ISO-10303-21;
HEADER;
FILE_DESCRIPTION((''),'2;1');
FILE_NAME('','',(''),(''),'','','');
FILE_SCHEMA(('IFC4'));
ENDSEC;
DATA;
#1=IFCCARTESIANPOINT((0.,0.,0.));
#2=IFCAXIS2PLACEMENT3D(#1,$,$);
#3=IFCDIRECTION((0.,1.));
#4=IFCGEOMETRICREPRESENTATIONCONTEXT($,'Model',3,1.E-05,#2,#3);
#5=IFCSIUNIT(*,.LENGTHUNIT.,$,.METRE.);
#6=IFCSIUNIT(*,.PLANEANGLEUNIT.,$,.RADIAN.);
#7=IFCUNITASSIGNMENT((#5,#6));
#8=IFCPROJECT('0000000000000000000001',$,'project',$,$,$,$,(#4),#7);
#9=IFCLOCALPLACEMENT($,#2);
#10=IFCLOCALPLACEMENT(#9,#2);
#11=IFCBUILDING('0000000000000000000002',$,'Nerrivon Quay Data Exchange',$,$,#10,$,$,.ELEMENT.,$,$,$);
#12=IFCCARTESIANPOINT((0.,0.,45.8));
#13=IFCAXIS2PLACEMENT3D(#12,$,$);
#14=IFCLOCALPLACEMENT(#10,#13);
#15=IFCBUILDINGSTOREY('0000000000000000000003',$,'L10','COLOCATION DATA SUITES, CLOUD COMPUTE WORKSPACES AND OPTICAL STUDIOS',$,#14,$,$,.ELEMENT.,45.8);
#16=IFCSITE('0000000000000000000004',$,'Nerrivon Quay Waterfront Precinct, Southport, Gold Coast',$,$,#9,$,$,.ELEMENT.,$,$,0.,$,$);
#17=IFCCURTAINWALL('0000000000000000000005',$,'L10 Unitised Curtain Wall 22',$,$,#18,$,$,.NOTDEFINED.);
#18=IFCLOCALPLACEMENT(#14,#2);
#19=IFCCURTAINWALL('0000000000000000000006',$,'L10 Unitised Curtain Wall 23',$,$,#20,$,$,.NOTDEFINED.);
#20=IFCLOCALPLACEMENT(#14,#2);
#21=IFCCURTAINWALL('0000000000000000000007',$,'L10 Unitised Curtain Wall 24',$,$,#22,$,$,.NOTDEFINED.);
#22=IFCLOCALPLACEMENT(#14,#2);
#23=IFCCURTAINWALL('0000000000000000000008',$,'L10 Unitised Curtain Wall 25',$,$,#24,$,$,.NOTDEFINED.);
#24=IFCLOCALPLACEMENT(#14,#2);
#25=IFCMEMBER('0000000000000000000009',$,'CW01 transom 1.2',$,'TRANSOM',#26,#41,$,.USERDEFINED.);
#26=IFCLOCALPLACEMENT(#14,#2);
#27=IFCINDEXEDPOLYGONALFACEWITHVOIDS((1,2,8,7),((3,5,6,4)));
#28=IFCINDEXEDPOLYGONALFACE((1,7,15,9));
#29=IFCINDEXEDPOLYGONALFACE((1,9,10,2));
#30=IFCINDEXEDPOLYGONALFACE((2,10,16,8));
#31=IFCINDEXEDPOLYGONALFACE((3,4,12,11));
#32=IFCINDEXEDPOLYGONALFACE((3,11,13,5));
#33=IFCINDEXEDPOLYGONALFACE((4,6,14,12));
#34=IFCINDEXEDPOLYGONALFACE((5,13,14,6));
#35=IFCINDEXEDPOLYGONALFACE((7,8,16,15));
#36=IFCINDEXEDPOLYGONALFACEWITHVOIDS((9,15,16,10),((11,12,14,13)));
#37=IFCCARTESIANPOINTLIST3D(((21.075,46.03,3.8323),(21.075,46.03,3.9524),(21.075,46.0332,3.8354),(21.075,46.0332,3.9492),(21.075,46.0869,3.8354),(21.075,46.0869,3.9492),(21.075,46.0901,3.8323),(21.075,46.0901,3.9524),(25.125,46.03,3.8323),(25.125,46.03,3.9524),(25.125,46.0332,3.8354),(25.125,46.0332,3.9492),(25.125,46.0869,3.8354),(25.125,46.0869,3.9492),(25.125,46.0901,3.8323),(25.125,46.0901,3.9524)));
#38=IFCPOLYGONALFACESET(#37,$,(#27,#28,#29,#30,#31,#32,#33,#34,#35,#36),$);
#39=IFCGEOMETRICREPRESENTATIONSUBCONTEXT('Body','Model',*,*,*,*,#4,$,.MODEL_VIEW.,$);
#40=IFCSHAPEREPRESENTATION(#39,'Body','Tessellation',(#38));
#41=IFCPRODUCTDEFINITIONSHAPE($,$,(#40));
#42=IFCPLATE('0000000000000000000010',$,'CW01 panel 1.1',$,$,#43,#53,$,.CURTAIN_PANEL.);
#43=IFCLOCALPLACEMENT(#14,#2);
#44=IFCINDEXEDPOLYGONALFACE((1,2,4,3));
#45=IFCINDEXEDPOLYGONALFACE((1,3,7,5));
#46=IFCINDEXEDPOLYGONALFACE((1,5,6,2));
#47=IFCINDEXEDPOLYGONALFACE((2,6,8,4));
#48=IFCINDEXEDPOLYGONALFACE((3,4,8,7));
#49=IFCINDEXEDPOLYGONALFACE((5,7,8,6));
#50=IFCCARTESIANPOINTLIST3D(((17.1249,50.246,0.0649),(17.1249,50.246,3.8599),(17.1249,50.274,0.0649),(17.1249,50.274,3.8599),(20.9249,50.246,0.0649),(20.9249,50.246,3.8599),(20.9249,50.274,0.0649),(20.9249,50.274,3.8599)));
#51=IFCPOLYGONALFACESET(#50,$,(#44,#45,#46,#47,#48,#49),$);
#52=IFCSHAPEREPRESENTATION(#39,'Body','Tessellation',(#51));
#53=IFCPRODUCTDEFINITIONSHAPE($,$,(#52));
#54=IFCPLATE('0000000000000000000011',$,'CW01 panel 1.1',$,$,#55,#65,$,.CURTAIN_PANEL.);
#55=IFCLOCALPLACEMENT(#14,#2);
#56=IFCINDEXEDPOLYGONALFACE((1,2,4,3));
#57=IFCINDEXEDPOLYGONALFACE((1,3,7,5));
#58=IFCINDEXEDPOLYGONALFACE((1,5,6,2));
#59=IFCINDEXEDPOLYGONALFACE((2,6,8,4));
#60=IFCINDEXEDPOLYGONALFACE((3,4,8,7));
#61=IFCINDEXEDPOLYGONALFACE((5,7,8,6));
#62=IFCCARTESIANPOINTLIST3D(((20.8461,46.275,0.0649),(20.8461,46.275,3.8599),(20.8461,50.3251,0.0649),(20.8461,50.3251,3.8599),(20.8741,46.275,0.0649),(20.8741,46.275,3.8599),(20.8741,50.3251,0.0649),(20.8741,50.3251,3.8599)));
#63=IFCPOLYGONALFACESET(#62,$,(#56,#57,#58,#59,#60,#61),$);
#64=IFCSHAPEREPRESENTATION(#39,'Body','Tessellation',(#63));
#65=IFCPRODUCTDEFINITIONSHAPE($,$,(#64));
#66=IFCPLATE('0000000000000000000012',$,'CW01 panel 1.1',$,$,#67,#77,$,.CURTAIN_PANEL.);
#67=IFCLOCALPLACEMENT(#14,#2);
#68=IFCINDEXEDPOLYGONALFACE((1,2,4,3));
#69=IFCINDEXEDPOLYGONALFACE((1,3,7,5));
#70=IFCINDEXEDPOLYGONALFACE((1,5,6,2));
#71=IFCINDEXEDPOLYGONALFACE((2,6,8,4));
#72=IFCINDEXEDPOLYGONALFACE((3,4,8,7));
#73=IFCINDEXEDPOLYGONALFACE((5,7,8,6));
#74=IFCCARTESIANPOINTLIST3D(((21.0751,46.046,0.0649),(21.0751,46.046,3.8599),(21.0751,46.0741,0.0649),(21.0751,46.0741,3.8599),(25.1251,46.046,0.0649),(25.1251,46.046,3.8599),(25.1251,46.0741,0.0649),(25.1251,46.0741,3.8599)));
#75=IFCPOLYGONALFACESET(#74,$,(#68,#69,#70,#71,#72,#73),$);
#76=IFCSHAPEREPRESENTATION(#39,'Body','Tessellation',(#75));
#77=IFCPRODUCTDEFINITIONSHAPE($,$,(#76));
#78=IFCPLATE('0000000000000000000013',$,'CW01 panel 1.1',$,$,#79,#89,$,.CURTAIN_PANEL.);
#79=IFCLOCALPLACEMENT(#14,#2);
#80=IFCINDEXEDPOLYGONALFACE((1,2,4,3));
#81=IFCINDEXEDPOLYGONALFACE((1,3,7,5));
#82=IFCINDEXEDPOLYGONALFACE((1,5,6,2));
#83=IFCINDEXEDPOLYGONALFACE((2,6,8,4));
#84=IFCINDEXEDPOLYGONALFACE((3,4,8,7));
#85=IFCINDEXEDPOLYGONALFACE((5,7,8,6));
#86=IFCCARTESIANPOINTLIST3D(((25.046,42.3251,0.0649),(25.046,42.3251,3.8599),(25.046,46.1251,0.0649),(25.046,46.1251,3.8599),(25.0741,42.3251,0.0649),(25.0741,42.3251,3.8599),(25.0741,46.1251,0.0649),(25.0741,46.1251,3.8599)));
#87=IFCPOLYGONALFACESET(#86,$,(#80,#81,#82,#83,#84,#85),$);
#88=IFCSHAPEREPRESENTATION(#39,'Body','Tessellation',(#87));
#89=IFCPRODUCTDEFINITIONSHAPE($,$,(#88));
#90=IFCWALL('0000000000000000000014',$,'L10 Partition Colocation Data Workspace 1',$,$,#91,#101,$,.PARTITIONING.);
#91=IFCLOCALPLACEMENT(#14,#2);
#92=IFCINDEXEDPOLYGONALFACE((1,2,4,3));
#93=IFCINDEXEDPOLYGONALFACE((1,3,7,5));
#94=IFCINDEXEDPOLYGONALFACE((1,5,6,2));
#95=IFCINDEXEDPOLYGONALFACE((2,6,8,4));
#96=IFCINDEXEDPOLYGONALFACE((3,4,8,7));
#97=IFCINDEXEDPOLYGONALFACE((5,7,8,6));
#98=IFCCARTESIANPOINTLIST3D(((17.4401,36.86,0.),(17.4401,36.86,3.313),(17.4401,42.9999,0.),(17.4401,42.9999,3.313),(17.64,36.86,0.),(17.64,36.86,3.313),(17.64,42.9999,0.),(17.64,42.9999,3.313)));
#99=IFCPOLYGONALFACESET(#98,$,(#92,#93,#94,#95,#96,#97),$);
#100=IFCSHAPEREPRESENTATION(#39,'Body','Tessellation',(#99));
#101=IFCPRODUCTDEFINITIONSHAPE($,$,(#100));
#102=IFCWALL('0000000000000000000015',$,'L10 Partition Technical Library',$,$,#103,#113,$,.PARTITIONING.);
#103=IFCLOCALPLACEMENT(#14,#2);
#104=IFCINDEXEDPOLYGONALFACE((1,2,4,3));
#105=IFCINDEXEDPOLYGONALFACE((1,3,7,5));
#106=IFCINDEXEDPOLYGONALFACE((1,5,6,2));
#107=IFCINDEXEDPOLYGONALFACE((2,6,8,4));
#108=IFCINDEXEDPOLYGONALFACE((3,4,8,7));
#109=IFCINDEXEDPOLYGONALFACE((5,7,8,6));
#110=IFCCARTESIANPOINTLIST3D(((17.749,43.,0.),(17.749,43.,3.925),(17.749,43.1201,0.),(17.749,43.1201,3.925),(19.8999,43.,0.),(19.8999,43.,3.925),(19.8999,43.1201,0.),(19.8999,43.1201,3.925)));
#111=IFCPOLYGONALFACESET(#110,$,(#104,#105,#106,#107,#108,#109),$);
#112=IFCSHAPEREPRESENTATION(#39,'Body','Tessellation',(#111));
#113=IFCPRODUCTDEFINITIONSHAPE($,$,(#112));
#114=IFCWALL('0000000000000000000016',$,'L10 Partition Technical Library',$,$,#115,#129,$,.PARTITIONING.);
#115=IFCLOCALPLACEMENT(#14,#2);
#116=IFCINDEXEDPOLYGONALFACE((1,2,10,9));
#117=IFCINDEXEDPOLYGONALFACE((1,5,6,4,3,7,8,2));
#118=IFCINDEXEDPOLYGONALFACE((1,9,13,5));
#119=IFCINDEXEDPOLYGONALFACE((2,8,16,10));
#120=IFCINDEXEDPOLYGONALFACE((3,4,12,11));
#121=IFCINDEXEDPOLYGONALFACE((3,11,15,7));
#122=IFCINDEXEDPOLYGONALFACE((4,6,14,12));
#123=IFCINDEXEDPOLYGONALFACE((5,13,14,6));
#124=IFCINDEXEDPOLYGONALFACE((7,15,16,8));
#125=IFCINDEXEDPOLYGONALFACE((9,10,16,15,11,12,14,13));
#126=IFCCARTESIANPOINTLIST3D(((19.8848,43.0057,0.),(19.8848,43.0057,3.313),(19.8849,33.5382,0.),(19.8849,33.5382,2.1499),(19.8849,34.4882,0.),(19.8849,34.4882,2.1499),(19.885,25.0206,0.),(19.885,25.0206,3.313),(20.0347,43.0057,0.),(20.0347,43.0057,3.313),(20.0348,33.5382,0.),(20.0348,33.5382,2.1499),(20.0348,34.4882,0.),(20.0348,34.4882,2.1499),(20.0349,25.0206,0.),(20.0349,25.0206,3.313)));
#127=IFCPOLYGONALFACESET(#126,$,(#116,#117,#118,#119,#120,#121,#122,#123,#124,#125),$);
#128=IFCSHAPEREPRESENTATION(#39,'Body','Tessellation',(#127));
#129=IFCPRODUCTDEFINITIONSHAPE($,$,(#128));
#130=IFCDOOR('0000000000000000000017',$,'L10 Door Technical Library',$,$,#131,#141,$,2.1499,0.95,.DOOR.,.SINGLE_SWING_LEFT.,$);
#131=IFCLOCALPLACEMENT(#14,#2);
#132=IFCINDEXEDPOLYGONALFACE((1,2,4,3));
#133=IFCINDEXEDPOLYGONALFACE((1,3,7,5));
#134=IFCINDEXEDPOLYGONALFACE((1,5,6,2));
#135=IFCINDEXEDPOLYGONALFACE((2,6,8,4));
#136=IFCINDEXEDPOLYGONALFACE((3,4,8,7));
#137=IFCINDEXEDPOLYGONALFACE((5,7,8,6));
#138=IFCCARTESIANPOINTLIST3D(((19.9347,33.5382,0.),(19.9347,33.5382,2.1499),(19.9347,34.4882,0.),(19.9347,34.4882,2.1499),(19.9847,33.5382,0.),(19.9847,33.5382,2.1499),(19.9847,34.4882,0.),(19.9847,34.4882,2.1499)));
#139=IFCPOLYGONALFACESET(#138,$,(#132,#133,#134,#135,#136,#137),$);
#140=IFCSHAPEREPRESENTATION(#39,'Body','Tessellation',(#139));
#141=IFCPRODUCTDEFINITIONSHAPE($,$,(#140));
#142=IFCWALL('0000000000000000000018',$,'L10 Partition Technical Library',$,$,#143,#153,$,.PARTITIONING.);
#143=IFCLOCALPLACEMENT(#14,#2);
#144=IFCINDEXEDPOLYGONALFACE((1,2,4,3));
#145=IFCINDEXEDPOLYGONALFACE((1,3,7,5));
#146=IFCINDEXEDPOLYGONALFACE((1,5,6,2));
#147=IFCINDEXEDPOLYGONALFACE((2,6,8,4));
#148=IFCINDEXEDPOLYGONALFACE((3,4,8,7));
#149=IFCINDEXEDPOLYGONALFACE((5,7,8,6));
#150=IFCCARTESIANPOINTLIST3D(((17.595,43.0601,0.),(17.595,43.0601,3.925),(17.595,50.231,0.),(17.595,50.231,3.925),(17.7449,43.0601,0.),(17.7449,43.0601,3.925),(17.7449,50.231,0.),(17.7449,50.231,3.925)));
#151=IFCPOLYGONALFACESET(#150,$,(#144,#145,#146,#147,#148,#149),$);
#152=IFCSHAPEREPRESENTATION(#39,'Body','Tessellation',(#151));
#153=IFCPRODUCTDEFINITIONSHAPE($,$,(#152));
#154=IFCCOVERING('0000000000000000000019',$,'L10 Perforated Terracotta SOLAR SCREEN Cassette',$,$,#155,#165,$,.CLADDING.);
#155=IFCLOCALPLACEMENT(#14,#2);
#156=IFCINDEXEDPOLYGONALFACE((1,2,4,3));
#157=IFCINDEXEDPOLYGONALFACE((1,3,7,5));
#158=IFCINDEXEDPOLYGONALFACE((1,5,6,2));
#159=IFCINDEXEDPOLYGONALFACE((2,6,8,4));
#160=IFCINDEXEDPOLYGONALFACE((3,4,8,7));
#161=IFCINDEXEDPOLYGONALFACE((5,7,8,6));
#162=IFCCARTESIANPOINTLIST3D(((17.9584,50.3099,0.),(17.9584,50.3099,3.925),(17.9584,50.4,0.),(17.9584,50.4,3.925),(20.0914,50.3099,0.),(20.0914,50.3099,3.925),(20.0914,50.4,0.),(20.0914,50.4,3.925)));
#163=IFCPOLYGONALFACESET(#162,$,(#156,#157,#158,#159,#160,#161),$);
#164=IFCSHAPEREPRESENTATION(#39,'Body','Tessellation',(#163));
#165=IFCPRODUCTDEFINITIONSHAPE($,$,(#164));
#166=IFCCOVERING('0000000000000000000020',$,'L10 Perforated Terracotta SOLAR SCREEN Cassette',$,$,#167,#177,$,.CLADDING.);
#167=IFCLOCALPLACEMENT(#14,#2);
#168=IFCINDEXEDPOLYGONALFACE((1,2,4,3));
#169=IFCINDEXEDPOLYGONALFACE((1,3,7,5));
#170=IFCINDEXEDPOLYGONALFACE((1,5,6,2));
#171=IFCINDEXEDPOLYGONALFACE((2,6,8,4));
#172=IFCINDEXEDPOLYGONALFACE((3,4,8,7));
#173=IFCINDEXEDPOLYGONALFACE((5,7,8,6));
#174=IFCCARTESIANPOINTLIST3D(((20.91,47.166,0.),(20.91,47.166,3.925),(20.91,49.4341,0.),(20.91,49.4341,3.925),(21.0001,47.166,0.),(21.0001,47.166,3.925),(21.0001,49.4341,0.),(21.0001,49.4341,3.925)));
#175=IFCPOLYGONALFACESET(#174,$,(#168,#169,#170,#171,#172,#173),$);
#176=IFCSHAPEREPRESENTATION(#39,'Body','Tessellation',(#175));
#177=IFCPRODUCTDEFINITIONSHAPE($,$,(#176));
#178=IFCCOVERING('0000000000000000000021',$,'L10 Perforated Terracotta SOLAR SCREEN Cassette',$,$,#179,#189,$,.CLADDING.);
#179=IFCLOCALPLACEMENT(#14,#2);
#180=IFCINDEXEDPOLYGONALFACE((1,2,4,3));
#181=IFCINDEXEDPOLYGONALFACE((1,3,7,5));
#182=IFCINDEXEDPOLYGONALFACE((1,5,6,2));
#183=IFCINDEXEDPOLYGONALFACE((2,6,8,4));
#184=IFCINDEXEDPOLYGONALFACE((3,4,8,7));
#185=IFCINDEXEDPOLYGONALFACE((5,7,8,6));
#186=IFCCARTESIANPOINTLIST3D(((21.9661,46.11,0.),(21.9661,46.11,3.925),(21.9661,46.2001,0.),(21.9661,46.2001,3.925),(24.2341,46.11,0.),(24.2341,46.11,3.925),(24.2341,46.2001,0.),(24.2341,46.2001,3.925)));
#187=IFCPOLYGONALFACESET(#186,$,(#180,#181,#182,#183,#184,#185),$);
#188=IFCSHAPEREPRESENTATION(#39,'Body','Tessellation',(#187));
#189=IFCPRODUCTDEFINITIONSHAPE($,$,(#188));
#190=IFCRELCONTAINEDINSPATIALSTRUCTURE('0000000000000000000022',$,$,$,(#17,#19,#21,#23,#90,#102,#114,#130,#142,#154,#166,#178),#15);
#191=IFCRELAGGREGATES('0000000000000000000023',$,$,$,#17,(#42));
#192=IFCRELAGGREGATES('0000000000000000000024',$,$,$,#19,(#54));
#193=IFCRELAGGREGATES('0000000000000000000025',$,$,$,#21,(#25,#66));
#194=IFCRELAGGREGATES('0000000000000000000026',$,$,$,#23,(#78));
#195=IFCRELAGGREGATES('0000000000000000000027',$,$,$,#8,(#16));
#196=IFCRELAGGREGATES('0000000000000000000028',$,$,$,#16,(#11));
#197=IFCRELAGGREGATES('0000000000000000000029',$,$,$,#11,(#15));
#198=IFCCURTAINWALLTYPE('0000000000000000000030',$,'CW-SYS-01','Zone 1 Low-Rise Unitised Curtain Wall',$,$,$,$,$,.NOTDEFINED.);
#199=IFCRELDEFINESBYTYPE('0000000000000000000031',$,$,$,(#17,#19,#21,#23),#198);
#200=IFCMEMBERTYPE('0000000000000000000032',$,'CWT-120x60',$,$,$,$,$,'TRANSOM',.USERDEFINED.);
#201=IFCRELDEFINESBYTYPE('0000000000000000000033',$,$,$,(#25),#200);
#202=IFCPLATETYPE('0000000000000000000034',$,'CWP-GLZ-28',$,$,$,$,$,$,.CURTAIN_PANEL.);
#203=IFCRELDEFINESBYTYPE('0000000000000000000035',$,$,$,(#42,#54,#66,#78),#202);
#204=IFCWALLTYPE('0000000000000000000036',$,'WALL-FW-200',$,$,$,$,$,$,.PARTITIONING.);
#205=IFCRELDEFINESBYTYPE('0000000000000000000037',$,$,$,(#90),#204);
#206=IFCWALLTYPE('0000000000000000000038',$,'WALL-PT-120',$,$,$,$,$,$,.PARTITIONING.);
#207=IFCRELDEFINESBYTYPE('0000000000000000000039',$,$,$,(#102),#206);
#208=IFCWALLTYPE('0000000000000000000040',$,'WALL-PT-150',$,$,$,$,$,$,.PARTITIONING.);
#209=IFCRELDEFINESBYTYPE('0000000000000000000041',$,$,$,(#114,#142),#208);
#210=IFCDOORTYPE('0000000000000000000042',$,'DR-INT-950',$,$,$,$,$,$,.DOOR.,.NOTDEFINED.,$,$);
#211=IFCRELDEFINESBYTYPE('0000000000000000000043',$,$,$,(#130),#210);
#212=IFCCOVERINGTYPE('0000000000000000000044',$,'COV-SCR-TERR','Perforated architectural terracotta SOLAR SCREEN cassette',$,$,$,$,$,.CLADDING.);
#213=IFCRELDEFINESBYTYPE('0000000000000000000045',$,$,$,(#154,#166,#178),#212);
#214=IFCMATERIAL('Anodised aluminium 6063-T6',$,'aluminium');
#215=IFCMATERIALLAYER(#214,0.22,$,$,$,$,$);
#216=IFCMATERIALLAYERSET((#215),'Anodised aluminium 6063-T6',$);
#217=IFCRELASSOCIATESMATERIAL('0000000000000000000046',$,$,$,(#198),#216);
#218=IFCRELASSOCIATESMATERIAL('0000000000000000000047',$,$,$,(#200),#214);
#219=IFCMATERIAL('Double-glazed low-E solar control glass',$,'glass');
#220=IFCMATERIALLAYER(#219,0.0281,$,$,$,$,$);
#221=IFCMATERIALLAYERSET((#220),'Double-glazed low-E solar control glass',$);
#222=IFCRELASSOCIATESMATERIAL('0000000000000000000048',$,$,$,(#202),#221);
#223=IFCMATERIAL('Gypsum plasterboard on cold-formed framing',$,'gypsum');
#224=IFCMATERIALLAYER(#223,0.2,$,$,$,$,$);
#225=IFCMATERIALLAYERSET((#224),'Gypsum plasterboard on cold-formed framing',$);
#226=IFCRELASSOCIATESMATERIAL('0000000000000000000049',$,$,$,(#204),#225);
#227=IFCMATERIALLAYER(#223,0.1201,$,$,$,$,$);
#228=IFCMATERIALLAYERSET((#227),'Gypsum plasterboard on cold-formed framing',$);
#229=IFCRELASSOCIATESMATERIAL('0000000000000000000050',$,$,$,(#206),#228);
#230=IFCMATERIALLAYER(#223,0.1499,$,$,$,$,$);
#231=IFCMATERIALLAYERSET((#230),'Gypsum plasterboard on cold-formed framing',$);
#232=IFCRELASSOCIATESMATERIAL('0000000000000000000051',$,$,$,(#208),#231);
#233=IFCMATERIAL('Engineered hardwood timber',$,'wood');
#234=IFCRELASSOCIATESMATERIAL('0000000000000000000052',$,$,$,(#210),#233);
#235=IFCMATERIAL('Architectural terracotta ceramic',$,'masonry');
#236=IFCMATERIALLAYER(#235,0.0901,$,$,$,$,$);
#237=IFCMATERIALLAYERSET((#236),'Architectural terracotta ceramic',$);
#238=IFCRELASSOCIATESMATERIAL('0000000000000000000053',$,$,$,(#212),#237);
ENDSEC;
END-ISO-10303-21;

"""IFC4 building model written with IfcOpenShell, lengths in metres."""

from ifc_helpers import new_model, si_unit, direction, frame, frame_2d, origin, origin_2d, place, context, subcontext, project, spatial, rectangle, hollow_rectangle, extrude, material, layer, layer_set, material_profile, profile_set, type_object, element, fill, aggregate, save


model = new_model("IFC4")

# Units and contexts
model_context = context("Model", 3, precision=1e-05, world=origin(), true_north=direction((0.0, 1.0)))
body_context = subcontext(model_context, "Body", "Model", "MODEL_VIEW")
ifc_project = project(units=[si_unit("LENGTHUNIT", "METRE"), si_unit("PLANEANGLEUNIT", "RADIAN")], contexts=[model_context])

# Site, building, storey
site_placement = place(None, origin())
site = spatial("IfcSite", under=ifc_project, at=site_placement, Name="Nerrivon Quay Waterfront Precinct, Southport, Gold Coast", CompositionType="ELEMENT", RefElevation=0.0)
building_placement = place(site_placement, origin())
building = spatial("IfcBuilding", under=site, at=building_placement, Name="Nerrivon Quay Data Exchange", CompositionType="ELEMENT")
storey_placement = place(building_placement, frame((0.0, 0.0, 45.8)))
storey = spatial("IfcBuildingStorey", under=building, at=storey_placement, Name="L10", Description="COLOCATION DATA SUITES, CLOUD COMPUTE WORKSPACES AND OPTICAL STUDIOS", CompositionType="ELEMENT", Elevation=45.8)

# Curtain wall
ifc_material_1 = material(Name="Anodised aluminium 6063-T6", Category="aluminium")
ifc_layer_1 = layer(ifc_material_1, 0.22)
ifc_layer_set_1 = layer_set([ifc_layer_1], Name="Anodised aluminium 6063-T6")
curtain_wall_type = type_object("IfcCurtainWallType", Name="CW-SYS-01", Description="Zone 1 Low-Rise Unitised Curtain Wall", PredefinedType="NOTDEFINED", material=ifc_layer_set_1)
curtain_wall_1_placement = place(storey_placement, origin())
curtain_wall_1 = element("IfcCurtainWall", 1, at=curtain_wall_1_placement, inside=storey, type_object=curtain_wall_type, Name="L10 Unitised Curtain Wall 22", PredefinedType="NOTDEFINED")

# Curtain wall
curtain_wall_2_placement = place(storey_placement, origin())
curtain_wall_2 = element("IfcCurtainWall", 2, at=curtain_wall_2_placement, inside=storey, type_object=curtain_wall_type, Name="L10 Unitised Curtain Wall 23", PredefinedType="NOTDEFINED")

# Curtain walls
curtain_wall_3_placement = place(storey_placement, origin())
curtain_wall_3 = element("IfcCurtainWall", 3, at=curtain_wall_3_placement, inside=storey, type_object=curtain_wall_type, Name="L10 Unitised Curtain Wall 24", PredefinedType="NOTDEFINED")
curtain_wall_4_placement = place(storey_placement, origin())
curtain_wall_4 = element("IfcCurtainWall", 4, at=curtain_wall_4_placement, inside=storey, type_object=curtain_wall_type, Name="L10 Unitised Curtain Wall 25", PredefinedType="NOTDEFINED")

# Member
ifc_material_profile_1 = material_profile(ifc_material_1, hollow_rectangle(XDim=0.0601, YDim=0.1201, WallThickness=0.0032, at=origin_2d()), Name="ALU-TRAN-120x60")
ifc_profile_set_1 = profile_set([ifc_material_profile_1], Name="Anodised aluminium 6063-T6")
member_type_1 = type_object("IfcMemberType", Name="CWT-120x60", ElementType="TRANSOM", PredefinedType="USERDEFINED", material=ifc_profile_set_1)
member_1_placement = place(storey_placement, frame((21.075, 46.0601, 3.8923), z_axis=(1.0, 0.0, 0.0), x_axis=(0.0, 1.0, 0.0)))
member_1 = element("IfcMember", 5, at=member_1_placement, type_object=member_type_1, Name="CW01 transom 1.2", ObjectType="TRANSOM", PredefinedType="USERDEFINED", context=body_context, shape_type="SweptSolid", body=[
    extrude(hollow_rectangle(XDim=0.0601, YDim=0.1201, WallThickness=0.0032, at=origin_2d()), origin(), (0.0, 0.0, 1.0), 4.05),
])

# Plates
ifc_material_2 = material(Name="Double-glazed low-E solar control glass", Category="glass")
ifc_layer_2 = layer(ifc_material_2, 0.0281)
ifc_layer_set_2 = layer_set([ifc_layer_2], Name="Double-glazed low-E solar control glass")
plate_type = type_object("IfcPlateType", Name="CWP-GLZ-28", PredefinedType="CURTAIN_PANEL", material=ifc_layer_set_2)
plate_1_placement = place(storey_placement, frame((19.0249, 50.26, 0.0649), z_axis=(0.0, 0.0, 1.0), x_axis=(1.0, 0.0, 0.0)))
plate_1 = element("IfcPlate", 6, at=plate_1_placement, type_object=plate_type, Name="CW01 panel 1.1", PredefinedType="CURTAIN_PANEL", context=body_context, shape_type="SweptSolid", body=[
    extrude(rectangle(XDim=3.8, YDim=0.0281, at=origin_2d()), origin(), (0.0, 0.0, 1.0), 3.7949),
])
aggregate(curtain_wall_1, [plate_1])
plate_2_placement = place(storey_placement, frame((20.8601, 48.3, 0.0649), z_axis=(0.0, 0.0, 1.0), x_axis=(0.0, -1.0, 0.0)))
plate_2 = element("IfcPlate", 7, at=plate_2_placement, type_object=plate_type, Name="CW01 panel 1.1", PredefinedType="CURTAIN_PANEL", context=body_context, shape_type="SweptSolid", body=[
    extrude(rectangle(XDim=4.05, YDim=0.0281, at=origin_2d()), origin(), (0.0, 0.0, 1.0), 3.7949),
])
aggregate(curtain_wall_2, [plate_2])
plate_3_placement = place(storey_placement, frame((23.1001, 46.0601, 0.0649), z_axis=(0.0, 0.0, 1.0), x_axis=(1.0, 0.0, 0.0)))
plate_3 = element("IfcPlate", 8, at=plate_3_placement, type_object=plate_type, Name="CW01 panel 1.1", PredefinedType="CURTAIN_PANEL", context=body_context, shape_type="SweptSolid", body=[
    extrude(rectangle(XDim=4.05, YDim=0.0281, at=origin_2d()), origin(), (0.0, 0.0, 1.0), 3.7949),
])
aggregate(curtain_wall_3, [member_1, plate_3])
plate_4_placement = place(storey_placement, frame((25.0601, 44.2251, 0.0649), z_axis=(0.0, 0.0, 1.0), x_axis=(0.0, -1.0, 0.0)))
plate_4 = element("IfcPlate", 9, at=plate_4_placement, type_object=plate_type, Name="CW01 panel 1.1", PredefinedType="CURTAIN_PANEL", context=body_context, shape_type="SweptSolid", body=[
    extrude(rectangle(XDim=3.8, YDim=0.0281, at=origin_2d()), origin(), (0.0, 0.0, 1.0), 3.7949),
])
aggregate(curtain_wall_4, [plate_4])

# Walls
ifc_material_3 = material(Name="Gypsum plasterboard on cold-formed framing", Category="gypsum")
ifc_layer_3 = layer(ifc_material_3, 0.2)
ifc_layer_set_3 = layer_set([ifc_layer_3], Name="Gypsum plasterboard on cold-formed framing")
wall_type_1 = type_object("IfcWallType", Name="WALL-FW-200", PredefinedType="PARTITIONING", material=ifc_layer_set_3)
wall_1_placement = place(storey_placement, frame((17.54, 36.8601, 0.0), z_axis=(0.0, 0.0, 1.0), x_axis=(0.0, 1.0, 0.0)))
element("IfcWall", 10, at=wall_1_placement, inside=storey, type_object=wall_type_1, Name="L10 Partition Colocation Data Workspace 1", PredefinedType="PARTITIONING", context=body_context, shape_type="SweptSolid", body=[
    extrude(rectangle(XDim=6.1399, YDim=0.2, at=frame_2d((3.0698, 0.0))), origin(), (0.0, 0.0, 1.0), 3.313),
])
ifc_layer_4 = layer(ifc_material_3, 0.1201)
ifc_layer_set_4 = layer_set([ifc_layer_4], Name="Gypsum plasterboard on cold-formed framing")
wall_type_2 = type_object("IfcWallType", Name="WALL-PT-120", PredefinedType="PARTITIONING", material=ifc_layer_set_4)
wall_2_placement = place(storey_placement, frame((17.749, 43.0601, 0.0), z_axis=(0.0, 0.0, 1.0), x_axis=(1.0, 0.0, 0.0)))
element("IfcWall", 11, at=wall_2_placement, inside=storey, type_object=wall_type_2, Name="L10 Partition Technical Library", PredefinedType="PARTITIONING", context=body_context, shape_type="SweptSolid", body=[
    extrude(rectangle(XDim=2.1509, YDim=0.1201, at=frame_2d((1.0754, 0.0))), origin(), (0.0, 0.0, 1.0), 3.925),
])

# Wall, opening, door
ifc_layer_5 = layer(ifc_material_3, 0.1499)
ifc_layer_set_5 = layer_set([ifc_layer_5], Name="Gypsum plasterboard on cold-formed framing")
wall_type_3 = type_object("IfcWallType", Name="WALL-PT-150", PredefinedType="PARTITIONING", material=ifc_layer_set_5)
wall_3_placement = place(storey_placement, frame((19.9597, 43.0059, 0.0), z_axis=(0.0, 0.0, 1.0), x_axis=(0.000014, -1.0, 0.0)))
wall_3 = element("IfcWall", 12, at=wall_3_placement, inside=storey, type_object=wall_type_3, Name="L10 Partition Technical Library", PredefinedType="PARTITIONING", context=body_context, shape_type="SweptSolid", body=[
    extrude(rectangle(XDim=17.9851, YDim=0.1499, at=frame_2d((8.9927, 0.0))), origin(), (0.0, 0.0, 1.0), 3.313),
])
opening_placement = place(wall_3_placement, frame((8.5176, 0.0, 0.0)))
opening = element("IfcOpeningElement", 13, at=opening_placement, cuts=wall_3, PredefinedType="OPENING", context=body_context, shape_type="SweptSolid", body=[
    extrude(rectangle(XDim=0.95, YDim=2.1499, at=frame_2d((0.4751, 1.075))), frame((0.0, 0.085, 0.0), z_axis=(0.0, -1.0, 0.0), x_axis=(1.0, 0.0, 0.0)), (0.0, 0.0, 1.0), 0.1699),
])
ifc_material_4 = material(Name="Engineered hardwood timber", Category="wood")
door_type = type_object("IfcDoorType", Name="DR-INT-950", OperationType="NOTDEFINED", PredefinedType="DOOR", material=ifc_material_4)
door_placement = place(opening_placement, origin())
door = element("IfcDoor", 14, at=door_placement, inside=storey, type_object=door_type, Name="L10 Door Technical Library", OperationType="SINGLE_SWING_LEFT", OverallHeight=2.1499, OverallWidth=0.95, PredefinedType="DOOR", context=body_context, shape_type="SweptSolid", body=[
    extrude(rectangle(XDim=0.95, YDim=2.1499, at=frame_2d((0.4751, 1.075))), frame((0.0, 0.0249, 0.0), z_axis=(0.0, -1.0, 0.0), x_axis=(1.0, 0.0, 0.0)), (0.0, 0.0, 1.0), 0.05),
])
fill(opening, door)

# Wall
wall_4_placement = place(storey_placement, frame((17.6699, 50.231, 0.0), z_axis=(0.0, 0.0, 1.0), x_axis=(0.0, -1.0, 0.0)))
element("IfcWall", 15, at=wall_4_placement, inside=storey, type_object=wall_type_3, Name="L10 Partition Technical Library", PredefinedType="PARTITIONING", context=body_context, shape_type="SweptSolid", body=[
    extrude(rectangle(XDim=7.1709, YDim=0.1499, at=frame_2d((3.5854, 0.0))), origin(), (0.0, 0.0, 1.0), 3.925),
])

# Coverings
ifc_material_5 = material(Name="Architectural terracotta ceramic", Category="masonry")
ifc_layer_6 = layer(ifc_material_5, 0.0901)
ifc_layer_set_6 = layer_set([ifc_layer_6], Name="Architectural terracotta ceramic")
covering_type = type_object("IfcCoveringType", Name="COV-SCR-TERR", Description="Perforated architectural terracotta SOLAR SCREEN cassette", PredefinedType="CLADDING", material=ifc_layer_set_6)
covering_placement = place(storey_placement, frame((19.0249, 50.355, 0.0), z_axis=(0.0, 0.0, 1.0), x_axis=(1.0, 0.0, 0.0)))
element("IfcCovering", 16, at=covering_placement, inside=storey, type_object=covering_type, Name="L10 Perforated Terracotta SOLAR SCREEN Cassette", PredefinedType="CLADDING", context=body_context, shape_type="SweptSolid", body=[
    extrude(rectangle(XDim=2.1331, YDim=0.0901, at=origin_2d()), origin(), (0.0, 0.0, 1.0), 3.925),
])
for number, where, z_axis, x_axis, name in (
    (17, (20.9551, 48.3, 0.0), (0.0, 0.0, 1.0), (0.0, -1.0, 0.0), "L10 Perforated Terracotta SOLAR SCREEN Cassette"),
    (18, (23.1001, 46.155, 0.0), (0.0, 0.0, 1.0), (1.0, 0.0, 0.0), "L10 Perforated Terracotta SOLAR SCREEN Cassette"),
):
    element("IfcCovering", number, at=place(storey_placement, frame(where, z_axis=z_axis, x_axis=x_axis)), inside=storey, type_object=covering_type, Name=name, PredefinedType="CLADDING", context=body_context, shape_type="SweptSolid", body=[
        extrude(rectangle(XDim=2.2681, YDim=0.0901, at=origin_2d()), origin(), (0.0, 0.0, 1.0), 3.925),
    ])

save(model, "model.ifc")
